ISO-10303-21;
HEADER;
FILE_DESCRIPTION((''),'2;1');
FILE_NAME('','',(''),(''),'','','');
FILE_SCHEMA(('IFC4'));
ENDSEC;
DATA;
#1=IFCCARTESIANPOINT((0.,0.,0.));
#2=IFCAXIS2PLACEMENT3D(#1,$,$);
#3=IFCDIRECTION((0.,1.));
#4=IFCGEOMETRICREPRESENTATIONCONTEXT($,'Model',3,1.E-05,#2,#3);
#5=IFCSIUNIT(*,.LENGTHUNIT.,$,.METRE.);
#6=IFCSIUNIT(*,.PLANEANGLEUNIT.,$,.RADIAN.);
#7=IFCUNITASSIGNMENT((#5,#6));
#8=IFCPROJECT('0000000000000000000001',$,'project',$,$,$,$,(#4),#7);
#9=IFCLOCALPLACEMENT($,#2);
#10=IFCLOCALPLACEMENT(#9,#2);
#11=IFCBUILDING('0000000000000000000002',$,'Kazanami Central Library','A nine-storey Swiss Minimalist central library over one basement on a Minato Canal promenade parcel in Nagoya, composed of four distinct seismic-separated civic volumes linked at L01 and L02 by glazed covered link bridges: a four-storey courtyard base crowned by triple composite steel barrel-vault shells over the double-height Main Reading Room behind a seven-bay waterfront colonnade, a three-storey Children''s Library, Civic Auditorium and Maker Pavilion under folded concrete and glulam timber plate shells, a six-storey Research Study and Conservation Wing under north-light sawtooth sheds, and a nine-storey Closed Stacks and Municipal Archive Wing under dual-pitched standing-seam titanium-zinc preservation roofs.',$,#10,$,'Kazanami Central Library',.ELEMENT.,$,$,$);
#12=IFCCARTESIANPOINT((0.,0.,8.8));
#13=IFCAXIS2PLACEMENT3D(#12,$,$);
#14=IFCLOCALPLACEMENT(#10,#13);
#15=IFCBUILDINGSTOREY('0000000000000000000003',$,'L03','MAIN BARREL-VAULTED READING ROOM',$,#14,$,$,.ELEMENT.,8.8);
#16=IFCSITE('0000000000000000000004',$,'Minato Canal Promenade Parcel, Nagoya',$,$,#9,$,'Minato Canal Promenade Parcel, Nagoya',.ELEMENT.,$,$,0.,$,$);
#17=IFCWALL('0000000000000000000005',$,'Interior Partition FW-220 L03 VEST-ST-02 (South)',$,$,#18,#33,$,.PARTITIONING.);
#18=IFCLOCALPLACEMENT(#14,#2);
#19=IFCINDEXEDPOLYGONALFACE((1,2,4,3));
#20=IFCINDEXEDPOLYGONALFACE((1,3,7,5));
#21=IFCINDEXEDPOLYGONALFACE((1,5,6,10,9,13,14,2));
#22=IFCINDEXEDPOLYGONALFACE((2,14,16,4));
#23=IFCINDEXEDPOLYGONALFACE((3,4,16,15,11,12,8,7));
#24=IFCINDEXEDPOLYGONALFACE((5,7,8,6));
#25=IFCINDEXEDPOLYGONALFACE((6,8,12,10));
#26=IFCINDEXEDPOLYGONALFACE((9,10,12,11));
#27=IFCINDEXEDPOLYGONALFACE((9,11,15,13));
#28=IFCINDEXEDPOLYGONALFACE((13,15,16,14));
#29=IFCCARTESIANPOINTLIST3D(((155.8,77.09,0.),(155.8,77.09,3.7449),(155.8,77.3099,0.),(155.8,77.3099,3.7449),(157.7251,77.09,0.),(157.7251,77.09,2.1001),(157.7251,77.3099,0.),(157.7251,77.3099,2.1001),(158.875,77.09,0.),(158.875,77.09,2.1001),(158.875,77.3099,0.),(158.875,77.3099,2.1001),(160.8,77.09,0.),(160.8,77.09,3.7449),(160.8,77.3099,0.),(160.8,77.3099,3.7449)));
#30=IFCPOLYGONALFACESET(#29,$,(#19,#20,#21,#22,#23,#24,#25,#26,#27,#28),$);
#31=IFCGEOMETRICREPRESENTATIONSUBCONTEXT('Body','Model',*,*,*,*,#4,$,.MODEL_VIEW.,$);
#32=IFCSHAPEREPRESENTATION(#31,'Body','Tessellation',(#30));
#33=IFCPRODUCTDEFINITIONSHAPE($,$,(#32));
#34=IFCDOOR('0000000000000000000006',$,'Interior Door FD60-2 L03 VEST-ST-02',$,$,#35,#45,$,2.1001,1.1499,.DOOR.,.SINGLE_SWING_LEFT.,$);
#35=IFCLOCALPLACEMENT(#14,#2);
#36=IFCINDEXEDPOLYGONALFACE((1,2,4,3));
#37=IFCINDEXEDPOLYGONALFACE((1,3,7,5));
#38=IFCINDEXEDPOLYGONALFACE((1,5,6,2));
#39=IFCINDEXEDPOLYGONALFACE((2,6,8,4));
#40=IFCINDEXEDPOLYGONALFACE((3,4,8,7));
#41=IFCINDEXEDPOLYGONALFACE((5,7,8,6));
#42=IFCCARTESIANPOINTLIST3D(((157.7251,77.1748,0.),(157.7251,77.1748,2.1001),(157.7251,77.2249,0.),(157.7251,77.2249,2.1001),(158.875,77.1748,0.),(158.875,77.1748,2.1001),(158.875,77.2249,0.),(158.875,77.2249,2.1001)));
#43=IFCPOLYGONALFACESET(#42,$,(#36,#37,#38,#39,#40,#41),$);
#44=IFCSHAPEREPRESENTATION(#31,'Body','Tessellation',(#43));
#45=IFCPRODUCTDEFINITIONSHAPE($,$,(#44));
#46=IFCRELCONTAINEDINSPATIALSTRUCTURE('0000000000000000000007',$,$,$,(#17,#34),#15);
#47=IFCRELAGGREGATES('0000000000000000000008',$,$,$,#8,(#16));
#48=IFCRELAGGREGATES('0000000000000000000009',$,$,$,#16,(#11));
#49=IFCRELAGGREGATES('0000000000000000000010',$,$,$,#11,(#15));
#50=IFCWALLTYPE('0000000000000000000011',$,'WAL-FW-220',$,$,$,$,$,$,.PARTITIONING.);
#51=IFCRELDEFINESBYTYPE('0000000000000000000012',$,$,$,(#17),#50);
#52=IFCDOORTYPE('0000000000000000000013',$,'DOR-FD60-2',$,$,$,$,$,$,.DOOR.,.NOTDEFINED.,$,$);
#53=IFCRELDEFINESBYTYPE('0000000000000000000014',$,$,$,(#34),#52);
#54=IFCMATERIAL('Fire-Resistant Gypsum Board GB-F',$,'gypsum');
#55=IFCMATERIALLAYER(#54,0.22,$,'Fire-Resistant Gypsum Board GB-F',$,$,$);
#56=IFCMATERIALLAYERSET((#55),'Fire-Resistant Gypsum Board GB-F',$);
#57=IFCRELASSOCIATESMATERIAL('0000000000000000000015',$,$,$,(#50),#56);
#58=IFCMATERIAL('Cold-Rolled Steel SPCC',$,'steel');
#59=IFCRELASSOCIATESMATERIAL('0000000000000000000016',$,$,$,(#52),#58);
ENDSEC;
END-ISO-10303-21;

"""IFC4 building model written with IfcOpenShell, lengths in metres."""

from ifc_helpers import new_model, si_unit, direction, frame, frame_2d, origin, place, context, subcontext, project, spatial, rectangle, extrude, material, layer, layer_set, type_object, element, fill, save


model = new_model("IFC4")

# Units and contexts
model_context = context("Model", 3, precision=1e-05, world=origin(), true_north=direction((0.0, 1.0)))
body_context = subcontext(model_context, "Body", "Model", "MODEL_VIEW")
ifc_project = project(units=[si_unit("LENGTHUNIT", "METRE"), si_unit("PLANEANGLEUNIT", "RADIAN")], contexts=[model_context])

# Site, building, storey
site_placement = place(None, origin())
site = spatial("IfcSite", under=ifc_project, at=site_placement, Name="Minato Canal Promenade Parcel, Nagoya", LongName="Minato Canal Promenade Parcel, Nagoya", CompositionType="ELEMENT", RefElevation=0.0)
building_placement = place(site_placement, origin())
building = spatial("IfcBuilding", under=site, at=building_placement, Name="Kazanami Central Library", Description="A nine-storey Swiss Minimalist central library over one basement on a Minato Canal promenade parcel in Nagoya, composed of four distinct seismic-separated civic volumes linked at L01 and L02 by glazed covered link bridges: a four-storey courtyard base crowned by triple composite steel barrel-vault shells over the double-height Main Reading Room behind a seven-bay waterfront colonnade, a three-storey Children's Library, Civic Auditorium and Maker Pavilion under folded concrete and glulam timber plate shells, a six-storey Research Study and Conservation Wing under north-light sawtooth sheds, and a nine-storey Closed Stacks and Municipal Archive Wing under dual-pitched standing-seam titanium-zinc preservation roofs.", LongName="Kazanami Central Library", CompositionType="ELEMENT")
storey_placement = place(building_placement, frame((0.0, 0.0, 8.8)))
storey = spatial("IfcBuildingStorey", under=building, at=storey_placement, Name="L03", Description="MAIN BARREL-VAULTED READING ROOM", CompositionType="ELEMENT", Elevation=8.8)

# Wall, opening, door
ifc_material_1 = material(Name="Fire-Resistant Gypsum Board GB-F", Category="gypsum")
ifc_layer_1 = layer(ifc_material_1, 0.22, Name="Fire-Resistant Gypsum Board GB-F")
ifc_layer_set_1 = layer_set([ifc_layer_1], Name="Fire-Resistant Gypsum Board GB-F")
wall_type_1 = type_object("IfcWallType", Name="WAL-FW-220", PredefinedType="PARTITIONING", material=ifc_layer_set_1)
wall_1_placement = place(storey_placement, frame((155.8, 77.2, 0.0), z_axis=(0.0, 0.0, 1.0), x_axis=(1.0, 0.0, 0.0)))
wall_1 = element("IfcWall", 1, at=wall_1_placement, inside=storey, type_object=wall_type_1, Name="Interior Partition FW-220 L03 VEST-ST-02 (South)", PredefinedType="PARTITIONING", context=body_context, shape_type="SweptSolid", body=[
    extrude(rectangle(XDim=5.0, YDim=0.22, at=frame_2d((2.5, 0.0))), origin(), (0.0, 0.0, 1.0), 3.7449),
])
opening_1_placement = place(wall_1_placement, frame((1.925, 0.0, 0.0)))
opening_1 = element("IfcOpeningElement", 2, at=opening_1_placement, cuts=wall_1, PredefinedType="OPENING", context=body_context, shape_type="SweptSolid", body=[
    extrude(rectangle(XDim=1.1499, YDim=2.1001, at=frame_2d((0.575, 1.05))), frame((0.0, 0.1221, 0.0), z_axis=(0.0, -1.0, 0.0), x_axis=(1.0, 0.0, 0.0)), (0.0, 0.0, 1.0), 0.2439),
])
ifc_material_2 = material(Name="Cold-Rolled Steel SPCC", Category="steel")
door_type = type_object("IfcDoorType", Name="DOR-FD60-2", OperationType="NOTDEFINED", PredefinedType="DOOR", material=ifc_material_2)
door_placement = place(opening_1_placement, origin())
door = element("IfcDoor", 3, at=door_placement, inside=storey, type_object=door_type, Name="Interior Door FD60-2 L03 VEST-ST-02", OperationType="SINGLE_SWING_LEFT", OverallHeight=2.1001, OverallWidth=1.1499, PredefinedType="DOOR", context=body_context, shape_type="SweptSolid", body=[
    extrude(rectangle(XDim=1.1499, YDim=2.1001, at=frame_2d((0.575, 1.05))), frame((0.0, 0.0249, 0.0), z_axis=(0.0, -1.0, 0.0), x_axis=(1.0, 0.0, 0.0)), (0.0, 0.0, 1.0), 0.05),
])
fill(opening_1, door)

save(model, "model.ifc")
